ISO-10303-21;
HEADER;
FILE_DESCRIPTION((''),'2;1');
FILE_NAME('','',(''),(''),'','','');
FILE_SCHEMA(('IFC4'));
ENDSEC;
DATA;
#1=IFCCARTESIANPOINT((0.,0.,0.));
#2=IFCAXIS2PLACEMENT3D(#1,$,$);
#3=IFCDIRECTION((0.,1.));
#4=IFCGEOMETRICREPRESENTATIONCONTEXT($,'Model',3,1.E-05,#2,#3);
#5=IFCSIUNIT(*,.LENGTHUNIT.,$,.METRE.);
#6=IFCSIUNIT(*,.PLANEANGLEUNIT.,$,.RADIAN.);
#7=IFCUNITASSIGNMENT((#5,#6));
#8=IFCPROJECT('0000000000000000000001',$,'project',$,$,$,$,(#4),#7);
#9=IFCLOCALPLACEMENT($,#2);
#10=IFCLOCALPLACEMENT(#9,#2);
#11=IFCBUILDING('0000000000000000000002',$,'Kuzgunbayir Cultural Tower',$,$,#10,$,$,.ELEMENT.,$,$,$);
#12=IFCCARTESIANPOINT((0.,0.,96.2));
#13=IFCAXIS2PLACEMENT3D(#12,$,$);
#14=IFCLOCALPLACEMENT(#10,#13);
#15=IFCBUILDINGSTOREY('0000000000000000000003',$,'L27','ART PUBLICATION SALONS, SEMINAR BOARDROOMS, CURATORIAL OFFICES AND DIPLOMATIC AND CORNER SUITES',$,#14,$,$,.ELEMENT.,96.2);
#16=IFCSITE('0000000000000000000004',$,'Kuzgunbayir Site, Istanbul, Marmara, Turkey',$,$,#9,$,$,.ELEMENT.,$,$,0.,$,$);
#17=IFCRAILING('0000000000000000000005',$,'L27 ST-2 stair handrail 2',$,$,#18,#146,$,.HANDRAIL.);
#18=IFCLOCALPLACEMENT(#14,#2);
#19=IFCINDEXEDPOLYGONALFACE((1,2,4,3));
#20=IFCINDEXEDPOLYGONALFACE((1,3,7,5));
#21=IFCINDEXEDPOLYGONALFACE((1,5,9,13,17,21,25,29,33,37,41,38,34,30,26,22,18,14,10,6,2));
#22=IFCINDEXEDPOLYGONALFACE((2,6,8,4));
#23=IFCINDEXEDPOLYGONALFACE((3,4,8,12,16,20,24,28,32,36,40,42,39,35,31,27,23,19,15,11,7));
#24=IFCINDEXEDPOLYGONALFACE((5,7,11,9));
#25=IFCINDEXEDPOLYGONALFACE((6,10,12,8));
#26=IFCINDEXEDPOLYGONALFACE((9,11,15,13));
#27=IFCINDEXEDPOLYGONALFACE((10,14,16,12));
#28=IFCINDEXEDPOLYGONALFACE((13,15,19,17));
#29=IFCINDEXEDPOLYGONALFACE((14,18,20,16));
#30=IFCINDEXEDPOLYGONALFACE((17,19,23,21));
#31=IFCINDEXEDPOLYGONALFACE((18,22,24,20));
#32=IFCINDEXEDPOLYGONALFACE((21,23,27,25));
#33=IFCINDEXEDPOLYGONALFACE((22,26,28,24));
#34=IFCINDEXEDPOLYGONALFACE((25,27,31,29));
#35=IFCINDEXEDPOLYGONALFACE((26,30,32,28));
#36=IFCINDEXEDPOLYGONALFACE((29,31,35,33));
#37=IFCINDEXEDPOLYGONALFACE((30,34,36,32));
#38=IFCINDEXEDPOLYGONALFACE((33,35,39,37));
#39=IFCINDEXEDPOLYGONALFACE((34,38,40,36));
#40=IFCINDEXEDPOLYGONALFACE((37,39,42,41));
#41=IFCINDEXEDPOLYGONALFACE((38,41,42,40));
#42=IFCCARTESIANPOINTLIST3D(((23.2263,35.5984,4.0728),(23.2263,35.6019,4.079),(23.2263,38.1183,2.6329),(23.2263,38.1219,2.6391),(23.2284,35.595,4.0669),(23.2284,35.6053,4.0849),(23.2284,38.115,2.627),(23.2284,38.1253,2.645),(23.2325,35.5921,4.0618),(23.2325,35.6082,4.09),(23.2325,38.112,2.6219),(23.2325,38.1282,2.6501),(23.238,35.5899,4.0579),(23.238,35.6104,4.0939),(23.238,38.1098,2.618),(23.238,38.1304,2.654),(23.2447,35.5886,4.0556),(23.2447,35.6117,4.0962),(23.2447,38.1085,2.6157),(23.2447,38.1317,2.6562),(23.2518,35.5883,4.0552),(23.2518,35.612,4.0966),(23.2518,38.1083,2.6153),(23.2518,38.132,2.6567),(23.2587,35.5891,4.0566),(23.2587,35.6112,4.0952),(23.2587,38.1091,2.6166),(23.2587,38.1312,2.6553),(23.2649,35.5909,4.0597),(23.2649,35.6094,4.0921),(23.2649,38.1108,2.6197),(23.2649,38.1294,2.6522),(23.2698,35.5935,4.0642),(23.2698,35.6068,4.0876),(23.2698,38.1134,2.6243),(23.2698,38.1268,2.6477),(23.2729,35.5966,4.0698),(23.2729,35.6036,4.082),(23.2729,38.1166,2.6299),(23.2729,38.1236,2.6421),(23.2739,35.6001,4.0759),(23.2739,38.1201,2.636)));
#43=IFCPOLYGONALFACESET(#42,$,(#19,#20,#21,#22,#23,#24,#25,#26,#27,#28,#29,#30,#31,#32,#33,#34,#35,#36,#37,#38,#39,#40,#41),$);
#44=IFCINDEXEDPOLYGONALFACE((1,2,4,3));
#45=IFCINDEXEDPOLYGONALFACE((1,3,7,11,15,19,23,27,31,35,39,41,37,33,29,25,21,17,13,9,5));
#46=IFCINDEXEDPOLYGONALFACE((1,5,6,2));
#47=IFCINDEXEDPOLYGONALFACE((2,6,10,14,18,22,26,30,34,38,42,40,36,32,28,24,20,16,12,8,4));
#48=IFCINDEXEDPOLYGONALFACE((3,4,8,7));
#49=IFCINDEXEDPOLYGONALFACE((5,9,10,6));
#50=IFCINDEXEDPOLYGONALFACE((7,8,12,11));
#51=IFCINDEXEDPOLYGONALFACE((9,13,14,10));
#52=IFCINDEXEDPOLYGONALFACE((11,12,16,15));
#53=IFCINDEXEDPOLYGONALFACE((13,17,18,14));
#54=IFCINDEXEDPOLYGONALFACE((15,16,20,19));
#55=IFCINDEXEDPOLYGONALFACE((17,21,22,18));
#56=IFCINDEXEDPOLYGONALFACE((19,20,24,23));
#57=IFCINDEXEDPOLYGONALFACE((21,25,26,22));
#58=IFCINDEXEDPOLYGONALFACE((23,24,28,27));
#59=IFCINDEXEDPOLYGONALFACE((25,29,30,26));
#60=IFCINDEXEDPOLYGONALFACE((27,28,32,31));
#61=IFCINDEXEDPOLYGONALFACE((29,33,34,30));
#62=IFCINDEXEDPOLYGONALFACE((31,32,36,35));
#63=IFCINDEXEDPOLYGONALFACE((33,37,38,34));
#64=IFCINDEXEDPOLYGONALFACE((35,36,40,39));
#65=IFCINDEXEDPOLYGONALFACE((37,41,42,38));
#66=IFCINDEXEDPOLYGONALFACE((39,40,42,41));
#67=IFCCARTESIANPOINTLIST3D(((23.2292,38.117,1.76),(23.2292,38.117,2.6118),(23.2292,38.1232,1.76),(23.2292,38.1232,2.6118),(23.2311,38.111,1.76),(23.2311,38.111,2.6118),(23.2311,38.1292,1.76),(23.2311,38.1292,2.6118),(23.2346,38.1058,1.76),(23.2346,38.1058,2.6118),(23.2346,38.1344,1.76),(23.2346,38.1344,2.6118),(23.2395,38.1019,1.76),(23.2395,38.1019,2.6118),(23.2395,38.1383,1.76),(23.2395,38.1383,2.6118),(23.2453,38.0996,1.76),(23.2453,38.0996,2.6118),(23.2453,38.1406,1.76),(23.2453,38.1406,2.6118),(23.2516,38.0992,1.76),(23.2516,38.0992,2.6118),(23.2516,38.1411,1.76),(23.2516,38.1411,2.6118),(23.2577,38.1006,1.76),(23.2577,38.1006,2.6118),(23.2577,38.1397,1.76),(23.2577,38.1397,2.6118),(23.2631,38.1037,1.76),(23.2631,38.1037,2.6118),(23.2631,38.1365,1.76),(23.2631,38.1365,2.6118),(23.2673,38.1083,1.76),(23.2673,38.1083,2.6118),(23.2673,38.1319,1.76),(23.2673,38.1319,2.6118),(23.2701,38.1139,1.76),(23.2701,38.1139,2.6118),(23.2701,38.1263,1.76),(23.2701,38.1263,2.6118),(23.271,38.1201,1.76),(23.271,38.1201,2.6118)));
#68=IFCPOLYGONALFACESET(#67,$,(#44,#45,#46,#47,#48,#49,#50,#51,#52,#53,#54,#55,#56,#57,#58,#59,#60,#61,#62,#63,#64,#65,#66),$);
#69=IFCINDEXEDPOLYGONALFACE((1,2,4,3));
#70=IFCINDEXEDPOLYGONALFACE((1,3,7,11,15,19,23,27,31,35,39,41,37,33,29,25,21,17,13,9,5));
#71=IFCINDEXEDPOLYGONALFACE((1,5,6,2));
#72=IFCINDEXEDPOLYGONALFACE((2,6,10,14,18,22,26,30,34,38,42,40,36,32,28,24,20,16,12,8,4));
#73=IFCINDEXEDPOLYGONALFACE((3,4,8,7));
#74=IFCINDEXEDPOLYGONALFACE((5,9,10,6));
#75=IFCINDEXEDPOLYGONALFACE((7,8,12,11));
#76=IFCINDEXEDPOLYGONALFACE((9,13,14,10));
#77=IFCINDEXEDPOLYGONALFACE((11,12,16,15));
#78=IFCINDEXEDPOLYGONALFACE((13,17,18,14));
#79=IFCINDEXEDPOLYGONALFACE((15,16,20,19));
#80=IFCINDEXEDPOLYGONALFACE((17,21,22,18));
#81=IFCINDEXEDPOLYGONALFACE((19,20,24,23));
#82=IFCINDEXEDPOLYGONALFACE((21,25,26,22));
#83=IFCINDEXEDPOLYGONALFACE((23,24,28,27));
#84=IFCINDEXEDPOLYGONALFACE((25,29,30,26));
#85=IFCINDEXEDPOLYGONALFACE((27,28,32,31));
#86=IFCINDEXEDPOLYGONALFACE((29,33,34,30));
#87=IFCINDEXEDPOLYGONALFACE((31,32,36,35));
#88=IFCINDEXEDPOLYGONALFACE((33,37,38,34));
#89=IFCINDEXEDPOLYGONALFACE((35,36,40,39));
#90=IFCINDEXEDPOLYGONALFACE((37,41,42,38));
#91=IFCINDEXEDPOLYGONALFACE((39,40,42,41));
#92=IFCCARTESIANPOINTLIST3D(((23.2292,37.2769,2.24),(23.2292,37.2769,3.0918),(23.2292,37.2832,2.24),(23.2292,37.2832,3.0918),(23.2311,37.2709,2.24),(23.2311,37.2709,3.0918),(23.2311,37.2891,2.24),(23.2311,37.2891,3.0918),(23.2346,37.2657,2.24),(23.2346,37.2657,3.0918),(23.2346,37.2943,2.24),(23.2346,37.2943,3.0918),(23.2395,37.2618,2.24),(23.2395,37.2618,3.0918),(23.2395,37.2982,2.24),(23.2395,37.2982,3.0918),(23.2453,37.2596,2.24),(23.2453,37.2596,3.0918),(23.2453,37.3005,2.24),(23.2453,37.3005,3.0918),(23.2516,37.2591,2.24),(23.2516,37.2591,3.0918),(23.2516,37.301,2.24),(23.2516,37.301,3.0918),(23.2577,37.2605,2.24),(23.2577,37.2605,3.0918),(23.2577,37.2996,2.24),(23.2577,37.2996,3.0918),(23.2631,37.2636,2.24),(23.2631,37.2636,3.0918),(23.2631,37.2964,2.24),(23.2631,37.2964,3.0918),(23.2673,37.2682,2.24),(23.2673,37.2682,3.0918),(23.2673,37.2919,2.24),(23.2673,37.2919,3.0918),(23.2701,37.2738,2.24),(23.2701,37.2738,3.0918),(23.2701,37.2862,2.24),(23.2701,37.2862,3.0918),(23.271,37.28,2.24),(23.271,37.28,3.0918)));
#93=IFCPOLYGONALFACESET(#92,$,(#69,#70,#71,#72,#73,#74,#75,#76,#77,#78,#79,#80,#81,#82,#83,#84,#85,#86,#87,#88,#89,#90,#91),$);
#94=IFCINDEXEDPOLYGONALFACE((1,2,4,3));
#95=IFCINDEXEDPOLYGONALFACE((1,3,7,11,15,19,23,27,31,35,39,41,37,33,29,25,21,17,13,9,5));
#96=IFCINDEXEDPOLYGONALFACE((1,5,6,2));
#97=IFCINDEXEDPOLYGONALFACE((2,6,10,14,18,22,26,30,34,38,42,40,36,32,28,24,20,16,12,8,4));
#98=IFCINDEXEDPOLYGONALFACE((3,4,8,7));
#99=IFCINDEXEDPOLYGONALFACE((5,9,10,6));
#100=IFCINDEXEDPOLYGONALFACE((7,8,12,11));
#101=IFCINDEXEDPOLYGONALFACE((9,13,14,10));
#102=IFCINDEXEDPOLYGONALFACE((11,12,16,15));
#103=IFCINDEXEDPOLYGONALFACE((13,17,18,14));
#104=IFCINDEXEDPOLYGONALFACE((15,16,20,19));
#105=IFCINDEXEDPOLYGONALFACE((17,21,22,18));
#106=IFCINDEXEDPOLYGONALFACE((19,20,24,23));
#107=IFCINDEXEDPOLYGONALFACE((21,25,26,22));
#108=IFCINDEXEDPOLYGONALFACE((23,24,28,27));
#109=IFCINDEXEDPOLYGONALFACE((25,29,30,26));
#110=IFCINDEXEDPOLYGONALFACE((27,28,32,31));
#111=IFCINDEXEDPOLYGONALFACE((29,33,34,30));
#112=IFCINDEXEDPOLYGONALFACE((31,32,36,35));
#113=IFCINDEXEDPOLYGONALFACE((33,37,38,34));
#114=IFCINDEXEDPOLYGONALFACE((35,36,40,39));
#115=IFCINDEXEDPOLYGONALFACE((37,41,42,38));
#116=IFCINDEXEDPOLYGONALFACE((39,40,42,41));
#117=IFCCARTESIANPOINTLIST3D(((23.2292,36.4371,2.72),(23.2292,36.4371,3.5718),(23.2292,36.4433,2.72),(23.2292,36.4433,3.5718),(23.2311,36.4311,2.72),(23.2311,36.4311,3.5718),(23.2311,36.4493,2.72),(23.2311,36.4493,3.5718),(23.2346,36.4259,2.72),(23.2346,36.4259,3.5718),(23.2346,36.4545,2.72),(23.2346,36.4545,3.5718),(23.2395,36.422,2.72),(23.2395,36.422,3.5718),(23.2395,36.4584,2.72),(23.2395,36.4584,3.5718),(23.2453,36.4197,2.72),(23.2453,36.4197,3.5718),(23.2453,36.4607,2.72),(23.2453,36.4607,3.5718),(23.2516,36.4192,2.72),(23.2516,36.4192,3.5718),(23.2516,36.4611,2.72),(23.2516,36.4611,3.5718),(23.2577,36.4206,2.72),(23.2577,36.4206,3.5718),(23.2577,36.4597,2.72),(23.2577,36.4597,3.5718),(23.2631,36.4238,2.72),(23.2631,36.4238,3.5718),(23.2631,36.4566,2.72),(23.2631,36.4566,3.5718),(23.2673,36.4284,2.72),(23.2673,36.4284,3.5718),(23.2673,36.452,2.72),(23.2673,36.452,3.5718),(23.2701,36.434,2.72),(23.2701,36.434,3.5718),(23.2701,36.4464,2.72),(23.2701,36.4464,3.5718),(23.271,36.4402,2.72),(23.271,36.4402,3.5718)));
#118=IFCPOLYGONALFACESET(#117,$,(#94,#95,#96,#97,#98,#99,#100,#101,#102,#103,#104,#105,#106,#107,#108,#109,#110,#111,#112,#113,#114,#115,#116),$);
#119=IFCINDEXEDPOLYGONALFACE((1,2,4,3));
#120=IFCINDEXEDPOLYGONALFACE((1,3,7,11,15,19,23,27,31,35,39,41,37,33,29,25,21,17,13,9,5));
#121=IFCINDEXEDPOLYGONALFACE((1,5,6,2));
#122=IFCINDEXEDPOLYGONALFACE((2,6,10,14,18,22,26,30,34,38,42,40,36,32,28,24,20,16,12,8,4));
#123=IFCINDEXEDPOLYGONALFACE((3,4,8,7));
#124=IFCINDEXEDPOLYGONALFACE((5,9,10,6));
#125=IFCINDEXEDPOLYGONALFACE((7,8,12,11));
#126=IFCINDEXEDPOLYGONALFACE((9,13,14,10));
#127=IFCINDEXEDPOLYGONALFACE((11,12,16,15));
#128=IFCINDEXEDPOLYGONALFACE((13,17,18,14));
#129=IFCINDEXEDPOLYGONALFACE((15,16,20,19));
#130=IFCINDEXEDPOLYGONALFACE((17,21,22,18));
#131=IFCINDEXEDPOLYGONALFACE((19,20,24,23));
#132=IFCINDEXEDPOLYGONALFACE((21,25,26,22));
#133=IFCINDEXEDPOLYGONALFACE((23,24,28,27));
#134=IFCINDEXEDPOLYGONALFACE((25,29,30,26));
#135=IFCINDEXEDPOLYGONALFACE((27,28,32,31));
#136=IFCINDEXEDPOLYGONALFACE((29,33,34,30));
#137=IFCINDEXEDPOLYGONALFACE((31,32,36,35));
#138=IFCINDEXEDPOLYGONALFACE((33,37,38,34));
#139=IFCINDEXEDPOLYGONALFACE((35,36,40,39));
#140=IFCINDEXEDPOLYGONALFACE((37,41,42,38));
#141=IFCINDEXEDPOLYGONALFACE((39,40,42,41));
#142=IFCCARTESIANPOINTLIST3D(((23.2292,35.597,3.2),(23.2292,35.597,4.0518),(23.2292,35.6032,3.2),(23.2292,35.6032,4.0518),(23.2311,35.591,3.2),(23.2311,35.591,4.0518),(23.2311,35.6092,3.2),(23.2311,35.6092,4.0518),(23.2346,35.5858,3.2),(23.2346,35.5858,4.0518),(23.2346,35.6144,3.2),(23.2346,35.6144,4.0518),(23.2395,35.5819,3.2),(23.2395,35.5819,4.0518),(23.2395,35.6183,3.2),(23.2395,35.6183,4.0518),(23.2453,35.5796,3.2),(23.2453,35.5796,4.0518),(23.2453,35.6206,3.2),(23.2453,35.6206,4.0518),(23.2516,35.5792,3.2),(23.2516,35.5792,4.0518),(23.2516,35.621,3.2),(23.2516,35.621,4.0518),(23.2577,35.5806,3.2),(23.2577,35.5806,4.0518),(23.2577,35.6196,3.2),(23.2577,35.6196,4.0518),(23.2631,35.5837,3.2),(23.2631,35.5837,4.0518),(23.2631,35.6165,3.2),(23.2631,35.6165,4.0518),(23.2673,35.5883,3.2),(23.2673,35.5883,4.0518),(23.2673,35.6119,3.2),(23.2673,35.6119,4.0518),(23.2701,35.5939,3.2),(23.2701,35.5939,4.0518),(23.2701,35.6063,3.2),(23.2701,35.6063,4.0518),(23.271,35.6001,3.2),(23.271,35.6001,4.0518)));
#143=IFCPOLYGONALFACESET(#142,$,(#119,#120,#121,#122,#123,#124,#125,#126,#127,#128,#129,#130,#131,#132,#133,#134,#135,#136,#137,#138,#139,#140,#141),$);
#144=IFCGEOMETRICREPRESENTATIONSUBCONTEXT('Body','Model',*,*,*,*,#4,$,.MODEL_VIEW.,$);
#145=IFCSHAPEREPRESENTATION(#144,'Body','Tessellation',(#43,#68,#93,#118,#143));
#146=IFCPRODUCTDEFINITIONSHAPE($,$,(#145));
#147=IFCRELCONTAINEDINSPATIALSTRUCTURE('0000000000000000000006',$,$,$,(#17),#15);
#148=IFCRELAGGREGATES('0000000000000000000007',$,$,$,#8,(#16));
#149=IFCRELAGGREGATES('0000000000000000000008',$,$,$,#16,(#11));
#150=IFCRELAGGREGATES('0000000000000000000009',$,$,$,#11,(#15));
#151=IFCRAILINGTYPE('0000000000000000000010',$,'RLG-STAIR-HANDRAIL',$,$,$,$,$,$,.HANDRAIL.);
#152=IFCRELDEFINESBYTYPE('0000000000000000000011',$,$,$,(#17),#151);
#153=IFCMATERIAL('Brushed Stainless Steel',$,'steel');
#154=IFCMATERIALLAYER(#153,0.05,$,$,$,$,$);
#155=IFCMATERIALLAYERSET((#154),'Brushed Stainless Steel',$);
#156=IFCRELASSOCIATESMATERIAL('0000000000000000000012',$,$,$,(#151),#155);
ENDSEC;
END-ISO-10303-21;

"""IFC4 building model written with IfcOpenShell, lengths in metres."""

from ifc_helpers import new_model, si_unit, direction, frame, origin, origin_2d, place, context, subcontext, project, spatial, circle, extrude, material, layer, layer_set, type_object, element, save


model = new_model("IFC4")

# Units and contexts
model_context = context("Model", 3, precision=1e-05, world=origin(), true_north=direction((0.0, 1.0)))
body_context = subcontext(model_context, "Body", "Model", "MODEL_VIEW")
ifc_project = project(units=[si_unit("LENGTHUNIT", "METRE"), si_unit("PLANEANGLEUNIT", "RADIAN")], contexts=[model_context])

# Site, building, storey
site_placement = place(None, origin())
site = spatial("IfcSite", under=ifc_project, at=site_placement, Name="Kuzgunbayir Site, Istanbul, Marmara, Turkey", CompositionType="ELEMENT", RefElevation=0.0)
building_placement = place(site_placement, origin())
building = spatial("IfcBuilding", under=site, at=building_placement, Name="Kuzgunbayir Cultural Tower", CompositionType="ELEMENT")
storey_placement = place(building_placement, frame((0.0, 0.0, 96.2)))
storey = spatial("IfcBuildingStorey", under=building, at=storey_placement, Name="L27", Description="ART PUBLICATION SALONS, SEMINAR BOARDROOMS, CURATORIAL OFFICES AND DIPLOMATIC AND CORNER SUITES", CompositionType="ELEMENT", Elevation=96.2)

# Shared definitions
ifc_material_1 = material(Name="Brushed Stainless Steel", Category="steel")

# Railing
ifc_layer_1 = layer(ifc_material_1, 0.05)
ifc_layer_set_1 = layer_set([ifc_layer_1], Name="Brushed Stainless Steel")
railing_type_1 = type_object("IfcRailingType", Name="RLG-STAIR-HANDRAIL", PredefinedType="HANDRAIL", material=ifc_layer_set_1)
railing_1_placement = place(storey_placement, frame((23.25, 38.1201, 1.76)))
element("IfcRailing", 1, at=railing_1_placement, inside=storey, type_object=railing_type_1, Name="L27 ST-2 stair handrail 2", PredefinedType="HANDRAIL", context=body_context, shape_type="SweptSolid", body=[
    extrude(circle(Radius=0.0239, at=origin_2d()), frame((0.0, 0.0, 0.876), z_axis=(0.0, -0.868253, 0.496121), x_axis=(1.0, 0.0, 0.0)), (0.0, 0.0, 1.0), 2.9023),
    extrude(circle(Radius=0.021, at=origin_2d()), origin(), (0.0, 0.0, 1.0), 0.8518),
    extrude(circle(Radius=0.021, at=origin_2d()), frame((0.0, -0.8401, 0.48)), (0.0, 0.0, 1.0), 0.8518),
    extrude(circle(Radius=0.021, at=origin_2d()), frame((0.0, -1.6799, 0.96)), (0.0, 0.0, 1.0), 0.8518),
    extrude(circle(Radius=0.021, at=origin_2d()), frame((0.0, -2.52, 1.4399)), (0.0, 0.0, 1.0), 0.8518),
])

save(model, "model.ifc")
